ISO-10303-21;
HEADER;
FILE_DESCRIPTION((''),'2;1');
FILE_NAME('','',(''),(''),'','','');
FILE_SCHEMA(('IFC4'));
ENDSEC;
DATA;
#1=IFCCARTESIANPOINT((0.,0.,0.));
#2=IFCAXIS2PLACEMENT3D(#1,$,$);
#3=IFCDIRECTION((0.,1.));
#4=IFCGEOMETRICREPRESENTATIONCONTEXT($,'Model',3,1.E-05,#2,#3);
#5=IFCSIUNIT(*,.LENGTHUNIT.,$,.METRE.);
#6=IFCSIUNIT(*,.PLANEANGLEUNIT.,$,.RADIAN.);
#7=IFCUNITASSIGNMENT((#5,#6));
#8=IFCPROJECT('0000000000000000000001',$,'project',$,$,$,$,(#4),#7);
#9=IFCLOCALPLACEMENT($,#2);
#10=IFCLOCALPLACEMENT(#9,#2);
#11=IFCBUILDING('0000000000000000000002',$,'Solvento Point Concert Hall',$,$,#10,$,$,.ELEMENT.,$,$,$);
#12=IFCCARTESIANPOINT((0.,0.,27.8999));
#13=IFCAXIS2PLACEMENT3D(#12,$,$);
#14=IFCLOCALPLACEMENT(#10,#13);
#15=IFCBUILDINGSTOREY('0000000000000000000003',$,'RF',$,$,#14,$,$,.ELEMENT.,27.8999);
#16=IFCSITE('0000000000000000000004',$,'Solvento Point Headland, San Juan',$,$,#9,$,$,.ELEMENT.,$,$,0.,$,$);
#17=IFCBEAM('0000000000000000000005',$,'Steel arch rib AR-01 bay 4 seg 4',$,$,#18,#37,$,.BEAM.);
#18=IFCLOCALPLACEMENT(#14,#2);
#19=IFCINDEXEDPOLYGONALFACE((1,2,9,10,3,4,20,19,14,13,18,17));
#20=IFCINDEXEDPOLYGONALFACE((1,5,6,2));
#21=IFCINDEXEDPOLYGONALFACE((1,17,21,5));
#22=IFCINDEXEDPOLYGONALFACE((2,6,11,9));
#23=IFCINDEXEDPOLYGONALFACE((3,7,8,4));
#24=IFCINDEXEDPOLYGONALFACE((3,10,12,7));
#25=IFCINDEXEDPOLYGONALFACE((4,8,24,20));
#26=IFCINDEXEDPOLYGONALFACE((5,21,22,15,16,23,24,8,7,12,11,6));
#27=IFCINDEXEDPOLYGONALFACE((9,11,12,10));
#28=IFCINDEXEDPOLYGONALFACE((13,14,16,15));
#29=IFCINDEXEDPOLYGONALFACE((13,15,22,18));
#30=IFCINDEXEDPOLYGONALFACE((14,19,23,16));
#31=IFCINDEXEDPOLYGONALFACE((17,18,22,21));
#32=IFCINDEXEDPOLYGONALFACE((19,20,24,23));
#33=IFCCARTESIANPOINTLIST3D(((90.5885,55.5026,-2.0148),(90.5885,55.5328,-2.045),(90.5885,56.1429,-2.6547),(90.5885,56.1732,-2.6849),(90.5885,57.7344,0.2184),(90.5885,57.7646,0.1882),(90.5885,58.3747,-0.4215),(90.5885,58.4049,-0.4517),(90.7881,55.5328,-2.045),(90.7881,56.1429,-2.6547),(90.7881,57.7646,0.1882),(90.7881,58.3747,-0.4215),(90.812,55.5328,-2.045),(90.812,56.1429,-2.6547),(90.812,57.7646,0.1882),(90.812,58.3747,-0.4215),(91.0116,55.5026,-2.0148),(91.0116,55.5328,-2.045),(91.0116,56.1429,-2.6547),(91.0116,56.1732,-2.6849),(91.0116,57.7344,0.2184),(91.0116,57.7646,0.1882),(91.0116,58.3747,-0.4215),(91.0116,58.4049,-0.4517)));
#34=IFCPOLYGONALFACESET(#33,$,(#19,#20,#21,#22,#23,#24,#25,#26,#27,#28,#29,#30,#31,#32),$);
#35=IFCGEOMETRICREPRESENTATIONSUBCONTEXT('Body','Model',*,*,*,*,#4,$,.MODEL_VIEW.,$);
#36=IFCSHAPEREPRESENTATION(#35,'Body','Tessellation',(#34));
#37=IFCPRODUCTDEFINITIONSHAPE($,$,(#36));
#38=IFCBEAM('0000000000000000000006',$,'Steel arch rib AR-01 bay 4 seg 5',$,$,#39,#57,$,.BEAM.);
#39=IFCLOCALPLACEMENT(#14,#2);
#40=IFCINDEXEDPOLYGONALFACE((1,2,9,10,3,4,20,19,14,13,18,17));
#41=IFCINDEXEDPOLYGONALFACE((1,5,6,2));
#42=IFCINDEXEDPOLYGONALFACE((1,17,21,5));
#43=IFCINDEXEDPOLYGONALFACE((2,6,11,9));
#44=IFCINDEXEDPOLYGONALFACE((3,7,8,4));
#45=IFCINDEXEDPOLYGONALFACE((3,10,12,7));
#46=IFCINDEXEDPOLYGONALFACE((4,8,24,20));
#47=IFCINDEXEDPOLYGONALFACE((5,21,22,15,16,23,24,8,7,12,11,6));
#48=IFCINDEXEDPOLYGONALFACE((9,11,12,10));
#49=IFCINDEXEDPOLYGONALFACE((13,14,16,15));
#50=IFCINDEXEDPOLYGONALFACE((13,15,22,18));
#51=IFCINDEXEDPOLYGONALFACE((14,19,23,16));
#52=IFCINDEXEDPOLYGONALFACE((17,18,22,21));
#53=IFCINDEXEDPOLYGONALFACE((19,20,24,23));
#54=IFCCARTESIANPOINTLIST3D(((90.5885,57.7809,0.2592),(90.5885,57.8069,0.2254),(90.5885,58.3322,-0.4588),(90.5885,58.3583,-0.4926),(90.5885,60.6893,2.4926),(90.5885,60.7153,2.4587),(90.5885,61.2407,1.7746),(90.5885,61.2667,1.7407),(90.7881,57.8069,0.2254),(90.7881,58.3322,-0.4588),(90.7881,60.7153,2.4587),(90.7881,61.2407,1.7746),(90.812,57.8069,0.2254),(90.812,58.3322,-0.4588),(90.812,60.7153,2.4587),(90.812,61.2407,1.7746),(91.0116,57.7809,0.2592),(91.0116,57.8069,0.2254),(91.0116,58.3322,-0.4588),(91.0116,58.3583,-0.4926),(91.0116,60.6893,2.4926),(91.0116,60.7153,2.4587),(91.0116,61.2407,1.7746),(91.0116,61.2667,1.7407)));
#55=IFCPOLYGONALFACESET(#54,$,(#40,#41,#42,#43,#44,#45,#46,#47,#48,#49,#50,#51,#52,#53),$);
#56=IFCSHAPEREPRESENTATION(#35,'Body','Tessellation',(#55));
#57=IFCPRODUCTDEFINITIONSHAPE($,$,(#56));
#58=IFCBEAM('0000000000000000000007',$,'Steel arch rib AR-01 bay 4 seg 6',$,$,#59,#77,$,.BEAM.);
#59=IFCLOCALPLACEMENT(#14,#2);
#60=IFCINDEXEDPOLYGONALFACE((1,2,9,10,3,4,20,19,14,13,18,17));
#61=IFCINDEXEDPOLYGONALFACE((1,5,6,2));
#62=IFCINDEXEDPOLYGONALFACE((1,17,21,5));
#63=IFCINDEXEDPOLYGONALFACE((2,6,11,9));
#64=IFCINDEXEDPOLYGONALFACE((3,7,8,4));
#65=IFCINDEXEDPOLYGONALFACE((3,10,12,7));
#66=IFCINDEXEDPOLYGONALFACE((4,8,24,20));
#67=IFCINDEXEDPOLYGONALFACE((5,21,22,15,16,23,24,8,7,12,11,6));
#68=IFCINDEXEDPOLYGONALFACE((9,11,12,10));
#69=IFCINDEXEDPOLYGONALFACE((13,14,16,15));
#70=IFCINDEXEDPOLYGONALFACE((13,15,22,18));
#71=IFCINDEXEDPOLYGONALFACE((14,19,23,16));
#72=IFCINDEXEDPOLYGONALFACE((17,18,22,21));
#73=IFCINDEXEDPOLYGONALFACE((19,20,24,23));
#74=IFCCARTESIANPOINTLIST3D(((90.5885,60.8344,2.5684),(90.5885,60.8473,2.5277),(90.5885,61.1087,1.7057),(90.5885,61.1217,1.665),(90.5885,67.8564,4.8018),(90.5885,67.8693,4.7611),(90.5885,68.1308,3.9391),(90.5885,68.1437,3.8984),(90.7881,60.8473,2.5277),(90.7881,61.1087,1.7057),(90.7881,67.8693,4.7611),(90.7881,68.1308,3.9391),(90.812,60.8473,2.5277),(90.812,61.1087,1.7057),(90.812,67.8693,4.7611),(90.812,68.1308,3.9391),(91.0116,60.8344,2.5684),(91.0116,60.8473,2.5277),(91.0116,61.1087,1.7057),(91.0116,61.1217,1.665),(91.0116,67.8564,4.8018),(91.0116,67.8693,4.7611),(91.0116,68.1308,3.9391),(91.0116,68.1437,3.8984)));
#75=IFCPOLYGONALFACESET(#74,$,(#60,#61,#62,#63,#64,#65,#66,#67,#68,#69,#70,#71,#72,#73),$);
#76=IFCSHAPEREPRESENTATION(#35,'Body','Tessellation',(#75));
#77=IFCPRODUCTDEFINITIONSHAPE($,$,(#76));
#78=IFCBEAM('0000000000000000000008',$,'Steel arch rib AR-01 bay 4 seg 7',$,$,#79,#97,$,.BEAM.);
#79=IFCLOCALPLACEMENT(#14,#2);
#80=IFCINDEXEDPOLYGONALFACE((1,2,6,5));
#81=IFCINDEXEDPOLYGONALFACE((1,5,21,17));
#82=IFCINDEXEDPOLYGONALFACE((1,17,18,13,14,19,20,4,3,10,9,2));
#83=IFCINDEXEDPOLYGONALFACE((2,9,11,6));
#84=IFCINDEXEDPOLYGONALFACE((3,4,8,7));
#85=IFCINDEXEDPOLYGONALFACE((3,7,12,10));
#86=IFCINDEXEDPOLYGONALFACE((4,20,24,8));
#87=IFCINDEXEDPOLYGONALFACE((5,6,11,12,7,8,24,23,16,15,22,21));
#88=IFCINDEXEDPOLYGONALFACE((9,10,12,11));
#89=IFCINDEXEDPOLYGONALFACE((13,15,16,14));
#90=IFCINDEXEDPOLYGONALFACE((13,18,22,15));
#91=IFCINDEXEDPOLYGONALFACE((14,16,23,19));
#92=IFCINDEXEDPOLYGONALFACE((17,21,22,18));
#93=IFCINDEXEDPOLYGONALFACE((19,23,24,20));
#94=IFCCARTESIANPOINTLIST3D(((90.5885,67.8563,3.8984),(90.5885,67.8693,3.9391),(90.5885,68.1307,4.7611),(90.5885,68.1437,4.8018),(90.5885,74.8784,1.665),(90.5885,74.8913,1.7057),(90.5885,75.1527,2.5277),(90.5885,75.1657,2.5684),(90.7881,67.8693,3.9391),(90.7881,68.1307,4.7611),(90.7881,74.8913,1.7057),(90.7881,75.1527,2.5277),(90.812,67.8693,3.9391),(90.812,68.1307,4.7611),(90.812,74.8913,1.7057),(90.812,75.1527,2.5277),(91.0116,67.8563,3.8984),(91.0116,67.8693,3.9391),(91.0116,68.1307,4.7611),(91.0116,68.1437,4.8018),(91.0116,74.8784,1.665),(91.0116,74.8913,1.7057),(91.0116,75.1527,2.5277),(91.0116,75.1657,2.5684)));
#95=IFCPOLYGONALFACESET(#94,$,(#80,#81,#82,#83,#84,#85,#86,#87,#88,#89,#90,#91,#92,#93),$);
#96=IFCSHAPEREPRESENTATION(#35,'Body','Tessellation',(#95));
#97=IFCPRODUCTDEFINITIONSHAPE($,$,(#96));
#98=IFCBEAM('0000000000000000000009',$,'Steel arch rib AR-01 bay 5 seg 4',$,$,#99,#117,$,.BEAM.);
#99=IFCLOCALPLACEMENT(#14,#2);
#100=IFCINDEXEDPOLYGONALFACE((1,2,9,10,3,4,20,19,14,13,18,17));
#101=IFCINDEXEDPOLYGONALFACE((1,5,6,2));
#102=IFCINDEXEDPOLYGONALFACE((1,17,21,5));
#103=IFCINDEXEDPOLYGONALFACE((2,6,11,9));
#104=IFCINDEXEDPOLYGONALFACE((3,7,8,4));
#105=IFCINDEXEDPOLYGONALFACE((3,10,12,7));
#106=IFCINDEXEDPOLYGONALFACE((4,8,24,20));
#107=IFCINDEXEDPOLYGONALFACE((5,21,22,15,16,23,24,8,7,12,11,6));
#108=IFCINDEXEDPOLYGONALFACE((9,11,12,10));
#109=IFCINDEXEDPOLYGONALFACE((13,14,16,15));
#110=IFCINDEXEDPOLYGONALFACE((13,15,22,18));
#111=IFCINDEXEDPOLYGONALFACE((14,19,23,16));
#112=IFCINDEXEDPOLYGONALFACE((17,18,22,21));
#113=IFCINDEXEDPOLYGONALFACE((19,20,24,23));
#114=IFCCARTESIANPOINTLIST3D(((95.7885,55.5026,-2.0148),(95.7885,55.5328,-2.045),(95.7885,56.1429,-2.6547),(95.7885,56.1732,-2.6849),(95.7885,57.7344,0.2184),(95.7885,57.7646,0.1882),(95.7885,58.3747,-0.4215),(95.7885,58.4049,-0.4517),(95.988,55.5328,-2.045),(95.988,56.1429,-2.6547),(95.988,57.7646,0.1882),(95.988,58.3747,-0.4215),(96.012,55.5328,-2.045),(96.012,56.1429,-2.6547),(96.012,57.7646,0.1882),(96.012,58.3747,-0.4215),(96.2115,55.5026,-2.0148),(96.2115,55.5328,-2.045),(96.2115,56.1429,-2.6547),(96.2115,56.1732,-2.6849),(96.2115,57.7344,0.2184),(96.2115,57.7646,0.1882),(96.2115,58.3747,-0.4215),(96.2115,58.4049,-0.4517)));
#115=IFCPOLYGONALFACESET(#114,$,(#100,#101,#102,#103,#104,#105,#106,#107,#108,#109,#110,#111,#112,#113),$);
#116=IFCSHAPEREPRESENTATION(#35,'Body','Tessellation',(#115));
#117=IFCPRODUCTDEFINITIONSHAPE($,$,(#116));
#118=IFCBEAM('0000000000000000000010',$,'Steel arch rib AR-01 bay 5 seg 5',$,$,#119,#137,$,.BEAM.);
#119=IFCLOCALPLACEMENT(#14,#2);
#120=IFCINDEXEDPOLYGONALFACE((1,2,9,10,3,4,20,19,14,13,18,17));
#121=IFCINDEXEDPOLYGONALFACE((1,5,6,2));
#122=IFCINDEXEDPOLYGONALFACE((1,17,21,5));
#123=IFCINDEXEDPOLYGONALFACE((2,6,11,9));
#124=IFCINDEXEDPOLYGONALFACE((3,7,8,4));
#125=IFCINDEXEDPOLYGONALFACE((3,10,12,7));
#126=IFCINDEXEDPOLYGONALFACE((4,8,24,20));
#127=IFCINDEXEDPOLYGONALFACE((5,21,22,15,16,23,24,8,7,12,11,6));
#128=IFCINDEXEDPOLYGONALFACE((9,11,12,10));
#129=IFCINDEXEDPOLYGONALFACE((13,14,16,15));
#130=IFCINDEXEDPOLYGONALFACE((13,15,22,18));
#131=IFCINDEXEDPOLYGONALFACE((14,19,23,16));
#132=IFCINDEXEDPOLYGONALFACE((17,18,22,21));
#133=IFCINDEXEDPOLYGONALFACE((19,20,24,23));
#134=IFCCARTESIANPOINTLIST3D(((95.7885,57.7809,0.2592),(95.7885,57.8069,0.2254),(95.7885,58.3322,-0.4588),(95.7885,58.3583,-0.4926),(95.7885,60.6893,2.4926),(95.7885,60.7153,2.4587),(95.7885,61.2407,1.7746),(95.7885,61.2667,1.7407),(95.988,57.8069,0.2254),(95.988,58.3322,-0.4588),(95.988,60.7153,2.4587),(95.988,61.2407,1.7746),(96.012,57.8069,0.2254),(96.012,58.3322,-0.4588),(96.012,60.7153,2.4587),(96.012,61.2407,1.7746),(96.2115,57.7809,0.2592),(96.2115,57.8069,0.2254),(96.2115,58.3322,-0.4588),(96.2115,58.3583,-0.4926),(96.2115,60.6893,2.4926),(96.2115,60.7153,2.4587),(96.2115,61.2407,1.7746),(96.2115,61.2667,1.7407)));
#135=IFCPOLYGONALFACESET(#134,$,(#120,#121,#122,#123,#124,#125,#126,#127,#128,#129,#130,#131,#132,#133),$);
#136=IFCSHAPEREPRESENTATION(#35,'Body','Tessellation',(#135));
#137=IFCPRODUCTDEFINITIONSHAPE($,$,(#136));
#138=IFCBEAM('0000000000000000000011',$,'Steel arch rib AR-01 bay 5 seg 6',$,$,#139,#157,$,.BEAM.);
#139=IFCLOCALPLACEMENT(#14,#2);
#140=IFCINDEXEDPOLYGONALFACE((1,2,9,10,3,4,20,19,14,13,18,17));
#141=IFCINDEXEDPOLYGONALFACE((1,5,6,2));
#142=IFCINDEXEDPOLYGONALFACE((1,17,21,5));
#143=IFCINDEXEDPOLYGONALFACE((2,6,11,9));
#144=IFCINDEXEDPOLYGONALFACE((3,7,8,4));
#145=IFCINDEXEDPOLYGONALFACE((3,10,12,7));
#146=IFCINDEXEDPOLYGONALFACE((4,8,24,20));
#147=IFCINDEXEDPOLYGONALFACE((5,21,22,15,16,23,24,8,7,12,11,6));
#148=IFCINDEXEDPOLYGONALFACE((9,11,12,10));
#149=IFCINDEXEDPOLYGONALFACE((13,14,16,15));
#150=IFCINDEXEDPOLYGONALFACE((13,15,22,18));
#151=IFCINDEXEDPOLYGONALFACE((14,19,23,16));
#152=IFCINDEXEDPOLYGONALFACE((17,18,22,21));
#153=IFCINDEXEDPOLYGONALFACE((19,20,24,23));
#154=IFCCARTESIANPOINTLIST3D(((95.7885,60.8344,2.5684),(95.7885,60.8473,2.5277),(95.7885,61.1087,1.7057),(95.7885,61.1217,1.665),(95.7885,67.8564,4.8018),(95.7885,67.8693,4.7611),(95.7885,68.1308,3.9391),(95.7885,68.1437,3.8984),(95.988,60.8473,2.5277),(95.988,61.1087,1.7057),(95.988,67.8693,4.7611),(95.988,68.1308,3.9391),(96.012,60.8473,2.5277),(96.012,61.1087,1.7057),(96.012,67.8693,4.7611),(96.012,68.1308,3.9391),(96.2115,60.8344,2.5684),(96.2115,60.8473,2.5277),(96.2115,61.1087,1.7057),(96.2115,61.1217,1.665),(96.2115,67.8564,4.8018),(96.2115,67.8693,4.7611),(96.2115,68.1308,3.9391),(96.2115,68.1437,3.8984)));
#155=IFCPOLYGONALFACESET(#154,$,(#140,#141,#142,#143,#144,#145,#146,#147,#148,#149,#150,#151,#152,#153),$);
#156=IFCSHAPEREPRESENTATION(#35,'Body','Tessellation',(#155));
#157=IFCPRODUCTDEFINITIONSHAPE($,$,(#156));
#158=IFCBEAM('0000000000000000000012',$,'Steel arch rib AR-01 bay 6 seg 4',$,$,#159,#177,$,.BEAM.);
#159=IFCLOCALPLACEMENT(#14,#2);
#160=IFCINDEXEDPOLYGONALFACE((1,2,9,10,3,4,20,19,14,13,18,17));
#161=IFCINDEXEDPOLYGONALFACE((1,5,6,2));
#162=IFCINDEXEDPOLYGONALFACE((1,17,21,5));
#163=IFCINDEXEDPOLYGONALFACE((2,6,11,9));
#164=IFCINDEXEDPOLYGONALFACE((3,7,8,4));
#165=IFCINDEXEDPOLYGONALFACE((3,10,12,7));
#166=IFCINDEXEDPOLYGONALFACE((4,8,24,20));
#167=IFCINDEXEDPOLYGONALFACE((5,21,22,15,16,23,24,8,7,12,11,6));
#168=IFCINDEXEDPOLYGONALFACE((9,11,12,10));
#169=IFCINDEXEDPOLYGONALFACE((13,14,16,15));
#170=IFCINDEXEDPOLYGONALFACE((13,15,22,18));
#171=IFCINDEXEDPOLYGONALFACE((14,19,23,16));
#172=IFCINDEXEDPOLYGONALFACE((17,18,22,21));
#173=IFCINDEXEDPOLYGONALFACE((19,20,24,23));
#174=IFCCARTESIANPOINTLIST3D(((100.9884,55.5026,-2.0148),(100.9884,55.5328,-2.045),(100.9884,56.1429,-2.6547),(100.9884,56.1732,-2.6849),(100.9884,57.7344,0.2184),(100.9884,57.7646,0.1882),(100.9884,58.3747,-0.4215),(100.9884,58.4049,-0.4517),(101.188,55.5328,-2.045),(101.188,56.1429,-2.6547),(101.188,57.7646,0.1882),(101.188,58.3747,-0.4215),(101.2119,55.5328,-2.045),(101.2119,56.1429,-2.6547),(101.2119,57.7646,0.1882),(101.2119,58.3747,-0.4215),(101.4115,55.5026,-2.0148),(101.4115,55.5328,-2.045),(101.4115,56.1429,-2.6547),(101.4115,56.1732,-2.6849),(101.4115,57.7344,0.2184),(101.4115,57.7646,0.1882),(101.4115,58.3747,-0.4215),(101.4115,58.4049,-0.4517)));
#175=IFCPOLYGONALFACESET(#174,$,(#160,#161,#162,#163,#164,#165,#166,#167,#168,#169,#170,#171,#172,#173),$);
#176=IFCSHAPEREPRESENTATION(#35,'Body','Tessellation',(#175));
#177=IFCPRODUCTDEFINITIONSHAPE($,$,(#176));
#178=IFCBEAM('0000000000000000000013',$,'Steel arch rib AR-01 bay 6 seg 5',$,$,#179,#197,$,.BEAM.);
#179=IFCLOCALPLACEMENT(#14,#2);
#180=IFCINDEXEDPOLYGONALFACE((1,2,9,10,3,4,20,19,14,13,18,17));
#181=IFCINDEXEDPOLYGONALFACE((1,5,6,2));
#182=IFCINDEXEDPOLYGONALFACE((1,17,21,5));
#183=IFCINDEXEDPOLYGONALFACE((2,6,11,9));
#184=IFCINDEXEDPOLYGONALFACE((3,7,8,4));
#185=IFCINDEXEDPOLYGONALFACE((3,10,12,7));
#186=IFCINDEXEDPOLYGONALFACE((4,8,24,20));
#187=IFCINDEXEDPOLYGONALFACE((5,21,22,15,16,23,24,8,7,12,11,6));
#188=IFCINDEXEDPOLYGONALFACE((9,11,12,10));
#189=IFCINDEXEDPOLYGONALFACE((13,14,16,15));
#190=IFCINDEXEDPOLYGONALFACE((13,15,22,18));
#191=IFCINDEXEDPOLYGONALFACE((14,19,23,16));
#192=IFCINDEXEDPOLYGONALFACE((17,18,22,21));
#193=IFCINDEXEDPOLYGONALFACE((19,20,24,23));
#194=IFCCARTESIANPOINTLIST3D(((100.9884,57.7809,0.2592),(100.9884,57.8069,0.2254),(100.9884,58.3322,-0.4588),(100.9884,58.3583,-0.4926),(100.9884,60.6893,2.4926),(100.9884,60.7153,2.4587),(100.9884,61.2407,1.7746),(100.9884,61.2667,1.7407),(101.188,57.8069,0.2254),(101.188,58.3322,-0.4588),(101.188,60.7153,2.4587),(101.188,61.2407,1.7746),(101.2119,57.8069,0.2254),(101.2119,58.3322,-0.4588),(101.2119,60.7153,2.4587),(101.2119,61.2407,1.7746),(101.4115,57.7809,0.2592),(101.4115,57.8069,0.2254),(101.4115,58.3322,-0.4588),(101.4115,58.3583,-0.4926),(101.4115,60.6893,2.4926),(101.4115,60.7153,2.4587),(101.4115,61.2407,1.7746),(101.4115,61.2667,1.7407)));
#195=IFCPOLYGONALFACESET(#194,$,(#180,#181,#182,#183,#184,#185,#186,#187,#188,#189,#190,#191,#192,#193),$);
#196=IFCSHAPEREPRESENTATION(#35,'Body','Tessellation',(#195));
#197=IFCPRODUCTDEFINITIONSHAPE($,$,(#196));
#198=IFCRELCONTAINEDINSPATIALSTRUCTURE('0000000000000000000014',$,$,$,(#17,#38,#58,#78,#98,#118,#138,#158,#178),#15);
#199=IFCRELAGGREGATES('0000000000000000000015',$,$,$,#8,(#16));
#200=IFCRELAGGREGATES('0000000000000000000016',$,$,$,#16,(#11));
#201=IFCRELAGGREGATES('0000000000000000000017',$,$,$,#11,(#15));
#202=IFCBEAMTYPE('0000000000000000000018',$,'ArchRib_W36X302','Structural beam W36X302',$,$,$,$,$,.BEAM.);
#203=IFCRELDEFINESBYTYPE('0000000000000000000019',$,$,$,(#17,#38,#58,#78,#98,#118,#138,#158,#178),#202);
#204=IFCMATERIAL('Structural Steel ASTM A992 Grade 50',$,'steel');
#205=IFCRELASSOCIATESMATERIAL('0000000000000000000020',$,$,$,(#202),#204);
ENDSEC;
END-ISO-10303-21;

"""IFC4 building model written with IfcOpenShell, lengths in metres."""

from ifc_helpers import new_model, si_unit, direction, frame, origin, origin_2d, place, context, subcontext, project, spatial, i_section, extrude, material, material_profile, profile_set, type_object, element, save


model = new_model("IFC4")

# Units and contexts
model_context = context("Model", 3, precision=1e-05, world=origin(), true_north=direction((0.0, 1.0)))
body_context = subcontext(model_context, "Body", "Model", "MODEL_VIEW")
ifc_project = project(units=[si_unit("LENGTHUNIT", "METRE"), si_unit("PLANEANGLEUNIT", "RADIAN")], contexts=[model_context])

# Site, building, storey
site_placement = place(None, origin())
site = spatial("IfcSite", under=ifc_project, at=site_placement, Name="Solvento Point Headland, San Juan", CompositionType="ELEMENT", RefElevation=0.0)
building_placement = place(site_placement, origin())
building = spatial("IfcBuilding", under=site, at=building_placement, Name="Solvento Point Concert Hall", CompositionType="ELEMENT")
storey_placement = place(building_placement, frame((0.0, 0.0, 27.8999)))
storey = spatial("IfcBuildingStorey", under=building, at=storey_placement, Name="RF", CompositionType="ELEMENT", Elevation=27.8999)

# Beams
ifc_material_1 = material(Name="Structural Steel ASTM A992 Grade 50", Category="steel")
ifc_material_profile_1 = material_profile(ifc_material_1, i_section(OverallWidth=0.4231, OverallDepth=0.948, WebThickness=0.0239, FlangeThickness=0.0427, at=origin_2d()), Name="W36X302")
ifc_profile_set_1 = profile_set([ifc_material_profile_1], Name="Structural Steel ASTM A992 Grade 50")
beam_type = type_object("IfcBeamType", Name="ArchRib_W36X302", Description="Structural beam W36X302", PredefinedType="BEAM", material=ifc_profile_set_1)
beam_1_placement = place(storey_placement, frame((90.8, 55.8379, -2.3499), z_axis=(0.0, 0.706875, 0.707339), x_axis=(-1.0, 0.0, 0.0)))
element("IfcBeam", 1, at=beam_1_placement, inside=storey, type_object=beam_type, Name="Steel arch rib AR-01 bay 4 seg 4", PredefinedType="BEAM", context=body_context, shape_type="SweptSolid", body=[
    extrude(i_section(OverallWidth=0.4231, OverallDepth=0.948, WebThickness=0.0239, FlangeThickness=0.0427, at=origin_2d()), origin(), (0.0, 0.0, 1.0), 3.1572),
])
beam_2_placement = place(storey_placement, frame((90.8, 58.0696, -0.1167), z_axis=(0.0, 0.793134, 0.609048), x_axis=(-1.0, 0.0, 0.0)))
element("IfcBeam", 2, at=beam_2_placement, inside=storey, type_object=beam_type, Name="Steel arch rib AR-01 bay 4 seg 5", PredefinedType="BEAM", context=body_context, shape_type="SweptSolid", body=[
    extrude(i_section(OverallWidth=0.4231, OverallDepth=0.948, WebThickness=0.0239, FlangeThickness=0.0427, at=origin_2d()), origin(), (0.0, 0.0, 1.0), 3.667),
])
for number, where, z_axis, x_axis, name in (
    (3, (90.8, 60.978, 2.1167), (0.0, 0.95296, 0.303097), (-1.0, 0.0, 0.0), "Steel arch rib AR-01 bay 4 seg 6"),
    (4, (90.8, 68.0, 4.3501), (0.0, 0.95296, -0.303097), (-1.0, 0.0, 0.0), "Steel arch rib AR-01 bay 4 seg 7"),
):
    element("IfcBeam", number, at=place(storey_placement, frame(where, z_axis=z_axis, x_axis=x_axis)), inside=storey, type_object=beam_type, Name=name, PredefinedType="BEAM", context=body_context, shape_type="SweptSolid", body=[
        extrude(i_section(OverallWidth=0.4231, OverallDepth=0.948, WebThickness=0.0239, FlangeThickness=0.0427, at=origin_2d()), origin(), (0.0, 0.0, 1.0), 7.3687),
    ])
beam_3_placement = place(storey_placement, frame((96.0, 55.8379, -2.3499), z_axis=(0.0, 0.706875, 0.707339), x_axis=(-1.0, 0.0, 0.0)))
element("IfcBeam", 5, at=beam_3_placement, inside=storey, type_object=beam_type, Name="Steel arch rib AR-01 bay 5 seg 4", PredefinedType="BEAM", context=body_context, shape_type="SweptSolid", body=[
    extrude(i_section(OverallWidth=0.4231, OverallDepth=0.948, WebThickness=0.0239, FlangeThickness=0.0427, at=origin_2d()), origin(), (0.0, 0.0, 1.0), 3.1572),
])
beam_4_placement = place(storey_placement, frame((96.0, 58.0696, -0.1167), z_axis=(0.0, 0.793134, 0.609048), x_axis=(-1.0, 0.0, 0.0)))
element("IfcBeam", 6, at=beam_4_placement, inside=storey, type_object=beam_type, Name="Steel arch rib AR-01 bay 5 seg 5", PredefinedType="BEAM", context=body_context, shape_type="SweptSolid", body=[
    extrude(i_section(OverallWidth=0.4231, OverallDepth=0.948, WebThickness=0.0239, FlangeThickness=0.0427, at=origin_2d()), origin(), (0.0, 0.0, 1.0), 3.667),
])
beam_5_placement = place(storey_placement, frame((96.0, 60.978, 2.1167), z_axis=(0.0, 0.95296, 0.303097), x_axis=(-1.0, 0.0, 0.0)))
element("IfcBeam", 7, at=beam_5_placement, inside=storey, type_object=beam_type, Name="Steel arch rib AR-01 bay 5 seg 6", PredefinedType="BEAM", context=body_context, shape_type="SweptSolid", body=[
    extrude(i_section(OverallWidth=0.4231, OverallDepth=0.948, WebThickness=0.0239, FlangeThickness=0.0427, at=origin_2d()), origin(), (0.0, 0.0, 1.0), 7.3687),
])
beam_6_placement = place(storey_placement, frame((101.2, 55.8379, -2.3499), z_axis=(0.0, 0.706875, 0.707339), x_axis=(-1.0, 0.0, 0.0)))
element("IfcBeam", 8, at=beam_6_placement, inside=storey, type_object=beam_type, Name="Steel arch rib AR-01 bay 6 seg 4", PredefinedType="BEAM", context=body_context, shape_type="SweptSolid", body=[
    extrude(i_section(OverallWidth=0.4231, OverallDepth=0.948, WebThickness=0.0239, FlangeThickness=0.0427, at=origin_2d()), origin(), (0.0, 0.0, 1.0), 3.1572),
])
beam_7_placement = place(storey_placement, frame((101.2, 58.0696, -0.1167), z_axis=(0.0, 0.793134, 0.609048), x_axis=(-1.0, 0.0, 0.0)))
element("IfcBeam", 9, at=beam_7_placement, inside=storey, type_object=beam_type, Name="Steel arch rib AR-01 bay 6 seg 5", PredefinedType="BEAM", context=body_context, shape_type="SweptSolid", body=[
    extrude(i_section(OverallWidth=0.4231, OverallDepth=0.948, WebThickness=0.0239, FlangeThickness=0.0427, at=origin_2d()), origin(), (0.0, 0.0, 1.0), 3.667),
])

save(model, "model.ifc")
